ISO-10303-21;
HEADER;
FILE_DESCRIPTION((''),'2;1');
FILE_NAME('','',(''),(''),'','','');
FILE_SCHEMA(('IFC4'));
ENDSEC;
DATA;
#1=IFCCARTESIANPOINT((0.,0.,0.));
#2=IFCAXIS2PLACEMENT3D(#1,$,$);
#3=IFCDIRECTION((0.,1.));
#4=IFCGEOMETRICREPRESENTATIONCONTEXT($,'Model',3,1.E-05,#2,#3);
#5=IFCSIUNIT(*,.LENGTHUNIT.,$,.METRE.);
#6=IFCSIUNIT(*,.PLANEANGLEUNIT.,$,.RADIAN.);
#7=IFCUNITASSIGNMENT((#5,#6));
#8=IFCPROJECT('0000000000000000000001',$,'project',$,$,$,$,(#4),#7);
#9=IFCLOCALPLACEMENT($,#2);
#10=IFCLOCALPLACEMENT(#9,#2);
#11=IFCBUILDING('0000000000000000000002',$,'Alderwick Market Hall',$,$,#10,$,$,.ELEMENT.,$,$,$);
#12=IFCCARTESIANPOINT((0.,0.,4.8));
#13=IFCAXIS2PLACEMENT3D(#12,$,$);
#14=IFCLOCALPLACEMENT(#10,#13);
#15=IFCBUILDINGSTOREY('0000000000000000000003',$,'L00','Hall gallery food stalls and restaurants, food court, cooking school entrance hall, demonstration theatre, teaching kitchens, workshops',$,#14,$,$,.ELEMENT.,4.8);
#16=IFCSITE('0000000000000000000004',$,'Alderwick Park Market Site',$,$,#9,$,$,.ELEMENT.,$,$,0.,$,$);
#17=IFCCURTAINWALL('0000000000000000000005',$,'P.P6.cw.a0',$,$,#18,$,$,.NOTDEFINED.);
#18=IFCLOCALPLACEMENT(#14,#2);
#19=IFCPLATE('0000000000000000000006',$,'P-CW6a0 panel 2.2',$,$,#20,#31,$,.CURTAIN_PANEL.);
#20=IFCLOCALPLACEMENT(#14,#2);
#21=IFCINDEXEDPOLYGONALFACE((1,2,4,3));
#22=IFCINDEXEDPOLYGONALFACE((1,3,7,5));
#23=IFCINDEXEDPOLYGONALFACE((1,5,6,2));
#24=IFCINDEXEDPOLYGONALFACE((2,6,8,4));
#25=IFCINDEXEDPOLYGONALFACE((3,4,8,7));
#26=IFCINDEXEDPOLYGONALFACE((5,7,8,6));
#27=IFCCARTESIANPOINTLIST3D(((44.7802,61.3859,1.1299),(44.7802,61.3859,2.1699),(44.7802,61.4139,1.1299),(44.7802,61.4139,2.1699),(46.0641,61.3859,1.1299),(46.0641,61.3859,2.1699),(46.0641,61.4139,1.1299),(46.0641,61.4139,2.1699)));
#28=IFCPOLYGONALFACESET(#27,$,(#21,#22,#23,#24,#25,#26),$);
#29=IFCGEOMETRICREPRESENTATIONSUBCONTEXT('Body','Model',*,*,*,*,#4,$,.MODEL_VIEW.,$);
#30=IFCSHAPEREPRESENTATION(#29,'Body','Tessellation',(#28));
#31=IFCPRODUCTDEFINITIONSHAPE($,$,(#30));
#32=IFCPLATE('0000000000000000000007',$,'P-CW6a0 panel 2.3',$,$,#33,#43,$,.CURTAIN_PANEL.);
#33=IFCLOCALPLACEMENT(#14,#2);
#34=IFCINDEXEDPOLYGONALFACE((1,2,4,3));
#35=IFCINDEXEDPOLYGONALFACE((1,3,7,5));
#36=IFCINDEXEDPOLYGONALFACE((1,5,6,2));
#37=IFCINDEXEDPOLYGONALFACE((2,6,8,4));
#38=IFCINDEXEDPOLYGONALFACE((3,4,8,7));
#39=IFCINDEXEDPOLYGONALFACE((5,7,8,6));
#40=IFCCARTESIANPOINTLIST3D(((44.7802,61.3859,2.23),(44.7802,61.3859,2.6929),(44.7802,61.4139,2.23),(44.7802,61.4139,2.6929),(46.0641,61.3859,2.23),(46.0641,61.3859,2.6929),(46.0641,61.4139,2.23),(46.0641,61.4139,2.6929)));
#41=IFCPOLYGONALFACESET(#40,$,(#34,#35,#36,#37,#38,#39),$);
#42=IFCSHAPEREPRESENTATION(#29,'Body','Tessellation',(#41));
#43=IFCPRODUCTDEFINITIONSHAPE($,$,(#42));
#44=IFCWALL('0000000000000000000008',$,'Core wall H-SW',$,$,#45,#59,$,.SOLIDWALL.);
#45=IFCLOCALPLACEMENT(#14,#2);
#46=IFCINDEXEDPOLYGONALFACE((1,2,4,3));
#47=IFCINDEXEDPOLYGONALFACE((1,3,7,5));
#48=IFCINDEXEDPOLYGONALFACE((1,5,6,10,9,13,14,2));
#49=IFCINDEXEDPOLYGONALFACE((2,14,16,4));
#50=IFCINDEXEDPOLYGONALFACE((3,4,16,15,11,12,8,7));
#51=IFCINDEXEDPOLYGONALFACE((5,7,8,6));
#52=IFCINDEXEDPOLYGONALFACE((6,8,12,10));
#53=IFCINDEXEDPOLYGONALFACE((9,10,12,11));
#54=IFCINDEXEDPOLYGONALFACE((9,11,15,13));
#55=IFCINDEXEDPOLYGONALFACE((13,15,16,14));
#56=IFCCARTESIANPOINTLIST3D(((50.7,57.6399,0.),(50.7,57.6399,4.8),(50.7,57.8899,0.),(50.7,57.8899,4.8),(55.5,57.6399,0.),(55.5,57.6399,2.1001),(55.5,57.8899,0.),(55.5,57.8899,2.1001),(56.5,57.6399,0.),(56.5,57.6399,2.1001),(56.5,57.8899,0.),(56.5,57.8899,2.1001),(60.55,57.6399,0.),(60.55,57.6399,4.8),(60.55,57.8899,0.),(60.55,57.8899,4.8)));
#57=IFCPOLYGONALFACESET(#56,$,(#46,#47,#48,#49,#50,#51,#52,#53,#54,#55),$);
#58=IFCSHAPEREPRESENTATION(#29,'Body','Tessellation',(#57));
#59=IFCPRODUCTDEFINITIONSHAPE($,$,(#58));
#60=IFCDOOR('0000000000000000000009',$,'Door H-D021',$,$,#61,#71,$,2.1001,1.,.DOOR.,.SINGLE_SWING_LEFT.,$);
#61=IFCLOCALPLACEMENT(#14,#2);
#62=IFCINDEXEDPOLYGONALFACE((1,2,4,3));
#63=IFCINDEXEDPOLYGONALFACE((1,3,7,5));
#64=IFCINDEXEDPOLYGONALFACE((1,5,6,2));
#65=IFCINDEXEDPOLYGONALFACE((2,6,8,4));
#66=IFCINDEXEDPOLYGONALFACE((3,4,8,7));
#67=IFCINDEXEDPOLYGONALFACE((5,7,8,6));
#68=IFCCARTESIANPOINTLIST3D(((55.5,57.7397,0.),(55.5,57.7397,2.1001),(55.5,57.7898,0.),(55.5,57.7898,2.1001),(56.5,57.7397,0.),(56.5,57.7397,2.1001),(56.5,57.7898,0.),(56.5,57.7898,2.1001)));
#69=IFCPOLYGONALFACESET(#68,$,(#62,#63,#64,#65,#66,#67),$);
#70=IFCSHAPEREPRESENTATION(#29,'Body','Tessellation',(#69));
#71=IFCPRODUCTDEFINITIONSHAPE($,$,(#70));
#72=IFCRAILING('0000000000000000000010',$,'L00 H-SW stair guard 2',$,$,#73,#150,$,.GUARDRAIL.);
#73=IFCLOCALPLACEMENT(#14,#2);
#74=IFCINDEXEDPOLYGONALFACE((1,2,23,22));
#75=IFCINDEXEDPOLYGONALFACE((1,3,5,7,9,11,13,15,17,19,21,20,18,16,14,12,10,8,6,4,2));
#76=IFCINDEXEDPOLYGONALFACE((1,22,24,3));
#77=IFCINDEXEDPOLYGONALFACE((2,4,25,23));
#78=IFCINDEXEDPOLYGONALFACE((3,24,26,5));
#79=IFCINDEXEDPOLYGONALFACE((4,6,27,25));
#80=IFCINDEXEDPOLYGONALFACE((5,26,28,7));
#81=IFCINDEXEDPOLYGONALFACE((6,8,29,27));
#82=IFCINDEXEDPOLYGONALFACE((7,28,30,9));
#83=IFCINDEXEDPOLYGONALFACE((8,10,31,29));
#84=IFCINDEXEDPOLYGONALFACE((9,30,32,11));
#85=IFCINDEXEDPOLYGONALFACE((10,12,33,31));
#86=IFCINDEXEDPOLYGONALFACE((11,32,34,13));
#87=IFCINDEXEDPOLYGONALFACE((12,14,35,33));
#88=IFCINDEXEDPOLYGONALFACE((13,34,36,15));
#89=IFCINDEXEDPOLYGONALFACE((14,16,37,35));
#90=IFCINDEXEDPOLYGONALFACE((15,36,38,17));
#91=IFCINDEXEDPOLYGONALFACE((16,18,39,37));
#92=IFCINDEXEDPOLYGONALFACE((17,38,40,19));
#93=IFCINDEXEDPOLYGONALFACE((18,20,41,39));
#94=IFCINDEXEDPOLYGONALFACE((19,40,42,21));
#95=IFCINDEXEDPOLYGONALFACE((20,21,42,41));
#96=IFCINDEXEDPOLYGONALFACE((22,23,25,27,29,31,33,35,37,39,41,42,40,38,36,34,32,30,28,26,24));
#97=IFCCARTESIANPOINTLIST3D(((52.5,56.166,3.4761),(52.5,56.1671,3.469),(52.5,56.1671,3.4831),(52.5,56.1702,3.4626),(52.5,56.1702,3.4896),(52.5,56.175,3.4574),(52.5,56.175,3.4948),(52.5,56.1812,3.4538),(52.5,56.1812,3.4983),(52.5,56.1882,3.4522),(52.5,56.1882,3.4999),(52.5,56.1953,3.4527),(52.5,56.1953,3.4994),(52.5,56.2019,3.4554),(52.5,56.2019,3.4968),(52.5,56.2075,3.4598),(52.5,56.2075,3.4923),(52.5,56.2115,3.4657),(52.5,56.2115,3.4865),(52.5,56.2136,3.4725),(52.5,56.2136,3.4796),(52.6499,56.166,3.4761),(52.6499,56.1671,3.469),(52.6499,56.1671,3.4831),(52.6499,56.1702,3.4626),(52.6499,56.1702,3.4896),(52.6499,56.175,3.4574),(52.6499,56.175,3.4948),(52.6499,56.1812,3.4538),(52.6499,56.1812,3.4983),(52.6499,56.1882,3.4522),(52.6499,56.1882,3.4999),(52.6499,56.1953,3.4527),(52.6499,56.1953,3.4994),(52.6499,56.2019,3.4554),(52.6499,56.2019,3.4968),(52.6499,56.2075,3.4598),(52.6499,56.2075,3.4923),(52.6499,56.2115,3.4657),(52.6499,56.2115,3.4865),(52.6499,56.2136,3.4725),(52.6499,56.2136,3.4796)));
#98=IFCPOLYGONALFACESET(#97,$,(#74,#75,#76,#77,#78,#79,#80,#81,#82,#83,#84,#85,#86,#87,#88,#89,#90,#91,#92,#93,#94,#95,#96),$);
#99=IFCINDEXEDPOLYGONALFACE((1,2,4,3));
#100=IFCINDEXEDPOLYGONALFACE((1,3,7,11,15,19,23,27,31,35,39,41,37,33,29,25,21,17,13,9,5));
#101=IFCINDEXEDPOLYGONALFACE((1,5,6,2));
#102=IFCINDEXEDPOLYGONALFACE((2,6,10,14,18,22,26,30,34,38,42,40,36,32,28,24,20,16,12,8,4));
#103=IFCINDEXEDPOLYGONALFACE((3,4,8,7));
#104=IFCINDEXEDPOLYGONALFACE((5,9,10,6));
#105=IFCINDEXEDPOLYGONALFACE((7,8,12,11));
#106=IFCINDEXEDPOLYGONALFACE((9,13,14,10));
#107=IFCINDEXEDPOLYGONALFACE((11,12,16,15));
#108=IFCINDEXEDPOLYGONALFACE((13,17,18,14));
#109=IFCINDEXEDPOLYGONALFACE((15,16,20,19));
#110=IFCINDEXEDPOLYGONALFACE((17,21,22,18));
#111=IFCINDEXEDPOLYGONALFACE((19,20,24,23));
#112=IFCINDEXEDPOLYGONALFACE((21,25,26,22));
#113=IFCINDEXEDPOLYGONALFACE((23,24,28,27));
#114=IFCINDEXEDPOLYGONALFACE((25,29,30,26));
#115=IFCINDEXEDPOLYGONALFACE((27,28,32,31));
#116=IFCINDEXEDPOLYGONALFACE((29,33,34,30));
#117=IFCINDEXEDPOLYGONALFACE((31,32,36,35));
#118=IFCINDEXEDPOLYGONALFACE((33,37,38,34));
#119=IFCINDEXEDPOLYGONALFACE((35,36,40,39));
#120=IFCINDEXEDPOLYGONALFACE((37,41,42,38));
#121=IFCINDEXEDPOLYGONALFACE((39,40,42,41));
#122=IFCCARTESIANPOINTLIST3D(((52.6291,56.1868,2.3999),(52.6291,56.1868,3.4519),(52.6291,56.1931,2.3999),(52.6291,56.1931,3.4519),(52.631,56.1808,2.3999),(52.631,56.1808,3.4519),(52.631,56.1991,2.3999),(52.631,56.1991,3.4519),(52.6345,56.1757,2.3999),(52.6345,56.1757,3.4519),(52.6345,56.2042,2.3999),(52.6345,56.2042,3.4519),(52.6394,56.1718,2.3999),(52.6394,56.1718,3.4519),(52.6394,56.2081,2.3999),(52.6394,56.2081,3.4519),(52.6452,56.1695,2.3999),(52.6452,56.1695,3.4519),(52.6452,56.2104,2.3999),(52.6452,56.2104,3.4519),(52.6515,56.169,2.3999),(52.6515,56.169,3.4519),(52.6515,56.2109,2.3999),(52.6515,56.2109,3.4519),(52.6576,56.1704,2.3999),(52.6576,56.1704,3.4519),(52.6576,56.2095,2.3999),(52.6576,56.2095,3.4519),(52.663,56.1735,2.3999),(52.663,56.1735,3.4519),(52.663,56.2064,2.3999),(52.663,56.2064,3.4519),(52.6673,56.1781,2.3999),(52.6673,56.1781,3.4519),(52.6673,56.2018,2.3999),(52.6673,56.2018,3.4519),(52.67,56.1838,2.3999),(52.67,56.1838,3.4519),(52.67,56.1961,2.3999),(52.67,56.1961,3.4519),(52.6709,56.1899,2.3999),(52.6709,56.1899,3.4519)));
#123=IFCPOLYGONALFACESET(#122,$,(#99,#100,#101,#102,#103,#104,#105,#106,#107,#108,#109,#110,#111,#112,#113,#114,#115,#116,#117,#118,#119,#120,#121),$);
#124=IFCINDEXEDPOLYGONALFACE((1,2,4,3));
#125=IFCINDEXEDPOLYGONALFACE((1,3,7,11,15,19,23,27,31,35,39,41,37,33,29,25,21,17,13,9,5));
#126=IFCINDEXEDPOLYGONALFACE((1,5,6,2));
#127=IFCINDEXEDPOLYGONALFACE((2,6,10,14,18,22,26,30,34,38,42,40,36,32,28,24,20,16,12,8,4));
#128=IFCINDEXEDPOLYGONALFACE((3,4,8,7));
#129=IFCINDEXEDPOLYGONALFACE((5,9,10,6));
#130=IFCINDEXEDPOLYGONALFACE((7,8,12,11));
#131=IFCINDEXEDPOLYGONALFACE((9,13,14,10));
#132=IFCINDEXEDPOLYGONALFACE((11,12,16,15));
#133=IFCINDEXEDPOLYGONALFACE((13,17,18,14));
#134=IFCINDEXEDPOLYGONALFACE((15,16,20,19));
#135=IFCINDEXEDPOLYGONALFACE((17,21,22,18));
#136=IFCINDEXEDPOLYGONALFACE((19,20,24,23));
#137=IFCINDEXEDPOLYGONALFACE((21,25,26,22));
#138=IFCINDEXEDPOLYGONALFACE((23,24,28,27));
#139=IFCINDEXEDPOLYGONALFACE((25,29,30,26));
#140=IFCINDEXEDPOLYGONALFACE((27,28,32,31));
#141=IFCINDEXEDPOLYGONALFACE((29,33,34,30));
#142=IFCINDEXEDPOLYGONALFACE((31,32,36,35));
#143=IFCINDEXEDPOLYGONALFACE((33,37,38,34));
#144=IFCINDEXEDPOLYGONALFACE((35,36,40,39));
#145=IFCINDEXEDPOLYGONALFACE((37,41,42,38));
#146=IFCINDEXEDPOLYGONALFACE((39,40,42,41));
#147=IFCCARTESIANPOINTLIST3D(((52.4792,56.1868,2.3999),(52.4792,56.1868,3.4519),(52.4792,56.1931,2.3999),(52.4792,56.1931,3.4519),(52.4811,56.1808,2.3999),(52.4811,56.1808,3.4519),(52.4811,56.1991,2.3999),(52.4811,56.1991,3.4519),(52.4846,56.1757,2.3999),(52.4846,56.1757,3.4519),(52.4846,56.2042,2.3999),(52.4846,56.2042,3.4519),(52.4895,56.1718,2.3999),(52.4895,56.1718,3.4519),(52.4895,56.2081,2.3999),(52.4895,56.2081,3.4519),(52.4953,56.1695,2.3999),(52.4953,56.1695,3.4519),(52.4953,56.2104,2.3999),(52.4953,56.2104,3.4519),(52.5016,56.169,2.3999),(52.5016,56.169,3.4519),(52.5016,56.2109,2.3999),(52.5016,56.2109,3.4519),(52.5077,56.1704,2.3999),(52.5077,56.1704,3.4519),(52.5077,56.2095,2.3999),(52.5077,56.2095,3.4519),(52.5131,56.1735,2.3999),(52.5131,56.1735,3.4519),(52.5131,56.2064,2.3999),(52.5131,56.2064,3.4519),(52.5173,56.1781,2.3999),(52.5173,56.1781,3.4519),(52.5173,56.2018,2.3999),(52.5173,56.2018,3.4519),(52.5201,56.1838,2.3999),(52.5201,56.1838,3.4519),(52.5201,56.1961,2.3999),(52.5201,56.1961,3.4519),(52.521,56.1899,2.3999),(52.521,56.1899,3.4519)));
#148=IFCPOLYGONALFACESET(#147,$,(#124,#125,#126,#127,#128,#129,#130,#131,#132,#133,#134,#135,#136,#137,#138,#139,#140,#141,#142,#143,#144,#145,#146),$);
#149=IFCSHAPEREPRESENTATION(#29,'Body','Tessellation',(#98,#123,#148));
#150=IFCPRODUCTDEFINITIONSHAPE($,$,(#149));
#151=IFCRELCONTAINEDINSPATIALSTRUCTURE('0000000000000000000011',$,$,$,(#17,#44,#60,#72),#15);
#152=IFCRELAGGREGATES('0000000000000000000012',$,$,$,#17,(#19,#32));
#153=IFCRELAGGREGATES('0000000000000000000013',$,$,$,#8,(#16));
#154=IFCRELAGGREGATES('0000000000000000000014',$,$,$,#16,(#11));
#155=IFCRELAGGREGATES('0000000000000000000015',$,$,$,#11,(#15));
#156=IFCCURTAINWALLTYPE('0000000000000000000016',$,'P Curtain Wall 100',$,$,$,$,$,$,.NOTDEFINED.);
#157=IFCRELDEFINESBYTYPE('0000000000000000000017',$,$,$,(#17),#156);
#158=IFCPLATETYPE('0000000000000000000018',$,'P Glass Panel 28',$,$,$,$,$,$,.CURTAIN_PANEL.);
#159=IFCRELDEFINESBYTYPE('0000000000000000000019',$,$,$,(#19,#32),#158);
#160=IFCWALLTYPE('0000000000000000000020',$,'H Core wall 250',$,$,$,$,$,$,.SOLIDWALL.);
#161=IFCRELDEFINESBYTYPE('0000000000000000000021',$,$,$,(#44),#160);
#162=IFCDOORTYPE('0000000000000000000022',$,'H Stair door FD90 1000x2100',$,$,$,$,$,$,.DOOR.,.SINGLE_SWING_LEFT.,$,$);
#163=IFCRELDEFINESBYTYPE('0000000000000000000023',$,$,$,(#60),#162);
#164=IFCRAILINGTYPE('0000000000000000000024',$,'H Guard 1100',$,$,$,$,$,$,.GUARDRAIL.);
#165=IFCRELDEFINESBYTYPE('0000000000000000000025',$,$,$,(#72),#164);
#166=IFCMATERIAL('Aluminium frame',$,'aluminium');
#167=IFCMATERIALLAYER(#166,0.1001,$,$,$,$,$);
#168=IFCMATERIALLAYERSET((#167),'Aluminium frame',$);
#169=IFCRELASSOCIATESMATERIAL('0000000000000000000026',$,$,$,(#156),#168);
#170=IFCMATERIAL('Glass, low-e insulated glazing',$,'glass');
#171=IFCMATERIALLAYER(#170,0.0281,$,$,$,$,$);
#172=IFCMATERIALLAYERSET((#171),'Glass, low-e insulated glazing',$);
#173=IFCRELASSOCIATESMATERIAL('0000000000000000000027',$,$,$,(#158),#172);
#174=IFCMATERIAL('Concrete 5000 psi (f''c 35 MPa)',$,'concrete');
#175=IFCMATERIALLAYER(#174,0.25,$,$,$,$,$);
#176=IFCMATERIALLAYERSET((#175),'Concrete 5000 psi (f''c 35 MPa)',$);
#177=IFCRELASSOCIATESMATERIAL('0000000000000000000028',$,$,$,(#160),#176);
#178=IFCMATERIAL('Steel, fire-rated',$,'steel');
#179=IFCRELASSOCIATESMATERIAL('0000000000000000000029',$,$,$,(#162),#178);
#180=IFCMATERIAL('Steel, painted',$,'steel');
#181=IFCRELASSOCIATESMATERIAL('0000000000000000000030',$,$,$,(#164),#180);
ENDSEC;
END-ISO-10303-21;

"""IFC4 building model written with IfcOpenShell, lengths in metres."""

from ifc_helpers import new_model, si_unit, direction, frame, frame_2d, origin, origin_2d, place, context, subcontext, project, spatial, rectangle, circle, extrude, material, layer, layer_set, type_object, element, fill, aggregate, save


model = new_model("IFC4")

# Units and contexts
model_context = context("Model", 3, precision=1e-05, world=origin(), true_north=direction((0.0, 1.0)))
body_context = subcontext(model_context, "Body", "Model", "MODEL_VIEW")
ifc_project = project(units=[si_unit("LENGTHUNIT", "METRE"), si_unit("PLANEANGLEUNIT", "RADIAN")], contexts=[model_context])

# Site, building, storey
site_placement = place(None, origin())
site = spatial("IfcSite", under=ifc_project, at=site_placement, Name="Alderwick Park Market Site", CompositionType="ELEMENT", RefElevation=0.0)
building_placement = place(site_placement, origin())
building = spatial("IfcBuilding", under=site, at=building_placement, Name="Alderwick Market Hall", CompositionType="ELEMENT")
storey_placement = place(building_placement, frame((0.0, 0.0, 4.8)))
storey = spatial("IfcBuildingStorey", under=building, at=storey_placement, Name="L00", Description="Hall gallery food stalls and restaurants, food court, cooking school entrance hall, demonstration theatre, teaching kitchens, workshops", CompositionType="ELEMENT", Elevation=4.8)

# Shared definitions
ifc_material_1 = material(Name="Concrete 5000 psi (f'c 35 MPa)", Category="concrete")

# Curtain wall, plates
ifc_material_2 = material(Name="Aluminium frame", Category="aluminium")
ifc_layer_1 = layer(ifc_material_2, 0.1001)
ifc_layer_set_1 = layer_set([ifc_layer_1], Name="Aluminium frame")
curtain_wall_type = type_object("IfcCurtainWallType", Name="P Curtain Wall 100", PredefinedType="NOTDEFINED", material=ifc_layer_set_1)
curtain_wall_placement = place(storey_placement, origin())
curtain_wall = element("IfcCurtainWall", 1, at=curtain_wall_placement, inside=storey, type_object=curtain_wall_type, Name="P.P6.cw.a0", PredefinedType="NOTDEFINED")
ifc_material_3 = material(Name="Glass, low-e insulated glazing", Category="glass")
ifc_layer_2 = layer(ifc_material_3, 0.0281)
ifc_layer_set_2 = layer_set([ifc_layer_2], Name="Glass, low-e insulated glazing")
plate_type = type_object("IfcPlateType", Name="P Glass Panel 28", PredefinedType="CURTAIN_PANEL", material=ifc_layer_set_2)
plate_1_placement = place(storey_placement, frame((45.4221, 61.3999, 1.1299), z_axis=(0.0, 0.0, 1.0), x_axis=(1.0, 0.0, 0.0)))
plate_1 = element("IfcPlate", 2, at=plate_1_placement, type_object=plate_type, Name="P-CW6a0 panel 2.2", PredefinedType="CURTAIN_PANEL", context=body_context, shape_type="SweptSolid", body=[
    extrude(rectangle(XDim=1.2839, YDim=0.0281, at=origin_2d()), origin(), (0.0, 0.0, 1.0), 1.04),
])
plate_2_placement = place(storey_placement, frame((45.4221, 61.3999, 2.23), z_axis=(0.0, 0.0, 1.0), x_axis=(1.0, 0.0, 0.0)))
plate_2 = element("IfcPlate", 3, at=plate_2_placement, type_object=plate_type, Name="P-CW6a0 panel 2.3", PredefinedType="CURTAIN_PANEL", context=body_context, shape_type="SweptSolid", body=[
    extrude(rectangle(XDim=1.2839, YDim=0.0281, at=origin_2d()), origin(), (0.0, 0.0, 1.0), 0.4629),
])
aggregate(curtain_wall, [plate_1, plate_2])

# Wall, opening, door
ifc_layer_3 = layer(ifc_material_1, 0.25)
ifc_layer_set_3 = layer_set([ifc_layer_3], Name="Concrete 5000 psi (f'c 35 MPa)")
wall_type = type_object("IfcWallType", Name="H Core wall 250", PredefinedType="SOLIDWALL", material=ifc_layer_set_3)
wall_placement = place(storey_placement, frame((50.7, 57.7649, 0.0), z_axis=(0.0, 0.0, 1.0), x_axis=(1.0, 0.0, 0.0)))
wall = element("IfcWall", 4, at=wall_placement, inside=storey, type_object=wall_type, Name="Core wall H-SW", PredefinedType="SOLIDWALL", context=body_context, shape_type="SweptSolid", body=[
    extrude(rectangle(XDim=9.8501, YDim=0.25, at=frame_2d((4.925, 0.0))), origin(), (0.0, 0.0, 1.0), 4.8),
])
opening_placement = place(wall_placement, frame((4.8, 0.0, 0.0)))
opening = element("IfcOpeningElement", 5, at=opening_placement, cuts=wall, PredefinedType="OPENING", context=body_context, shape_type="SweptSolid", body=[
    extrude(rectangle(XDim=1.0, YDim=2.1001, at=frame_2d((0.5, 1.05))), frame((0.0, 0.135, 0.0), z_axis=(0.0, -1.0, 0.0), x_axis=(1.0, 0.0, 0.0)), (0.0, 0.0, 1.0), 0.27),
])
ifc_material_4 = material(Name="Steel, fire-rated", Category="steel")
door_type = type_object("IfcDoorType", Name="H Stair door FD90 1000x2100", OperationType="SINGLE_SWING_LEFT", PredefinedType="DOOR", material=ifc_material_4)
door_placement = place(opening_placement, origin())
door = element("IfcDoor", 6, at=door_placement, inside=storey, type_object=door_type, Name="Door H-D021", OperationType="SINGLE_SWING_LEFT", OverallHeight=2.1001, OverallWidth=1.0, PredefinedType="DOOR", context=body_context, shape_type="SweptSolid", body=[
    extrude(rectangle(XDim=1.0, YDim=2.1001, at=frame_2d((0.5, 1.05))), frame((0.0, 0.0249, 0.0), z_axis=(0.0, -1.0, 0.0), x_axis=(1.0, 0.0, 0.0)), (0.0, 0.0, 1.0), 0.05),
])
fill(opening, door)

# Railing
ifc_material_5 = material(Name="Steel, painted", Category="steel")
railing_type_1 = type_object("IfcRailingType", Name="H Guard 1100", PredefinedType="GUARDRAIL", material=ifc_material_5)
railing_1_placement = place(storey_placement, frame((52.6499, 56.1899, 2.3999)))
element("IfcRailing", 7, at=railing_1_placement, inside=storey, type_object=railing_type_1, Name="L00 H-SW stair guard 2", PredefinedType="GUARDRAIL", context=body_context, shape_type="SweptSolid", body=[
    extrude(circle(Radius=0.0239, at=origin_2d()), frame((0.0, 0.0, 1.0762), z_axis=(-1.0, 0.0, 0.0), x_axis=(0.0, -1.0, 0.0)), (0.0, 0.0, 1.0), 0.1499),
    extrude(circle(Radius=0.021, at=origin_2d()), origin(), (0.0, 0.0, 1.0), 1.052),
    extrude(circle(Radius=0.021, at=origin_2d()), frame((-0.1499, 0.0, 0.0)), (0.0, 0.0, 1.0), 1.052),
])

save(model, "model.ifc")
